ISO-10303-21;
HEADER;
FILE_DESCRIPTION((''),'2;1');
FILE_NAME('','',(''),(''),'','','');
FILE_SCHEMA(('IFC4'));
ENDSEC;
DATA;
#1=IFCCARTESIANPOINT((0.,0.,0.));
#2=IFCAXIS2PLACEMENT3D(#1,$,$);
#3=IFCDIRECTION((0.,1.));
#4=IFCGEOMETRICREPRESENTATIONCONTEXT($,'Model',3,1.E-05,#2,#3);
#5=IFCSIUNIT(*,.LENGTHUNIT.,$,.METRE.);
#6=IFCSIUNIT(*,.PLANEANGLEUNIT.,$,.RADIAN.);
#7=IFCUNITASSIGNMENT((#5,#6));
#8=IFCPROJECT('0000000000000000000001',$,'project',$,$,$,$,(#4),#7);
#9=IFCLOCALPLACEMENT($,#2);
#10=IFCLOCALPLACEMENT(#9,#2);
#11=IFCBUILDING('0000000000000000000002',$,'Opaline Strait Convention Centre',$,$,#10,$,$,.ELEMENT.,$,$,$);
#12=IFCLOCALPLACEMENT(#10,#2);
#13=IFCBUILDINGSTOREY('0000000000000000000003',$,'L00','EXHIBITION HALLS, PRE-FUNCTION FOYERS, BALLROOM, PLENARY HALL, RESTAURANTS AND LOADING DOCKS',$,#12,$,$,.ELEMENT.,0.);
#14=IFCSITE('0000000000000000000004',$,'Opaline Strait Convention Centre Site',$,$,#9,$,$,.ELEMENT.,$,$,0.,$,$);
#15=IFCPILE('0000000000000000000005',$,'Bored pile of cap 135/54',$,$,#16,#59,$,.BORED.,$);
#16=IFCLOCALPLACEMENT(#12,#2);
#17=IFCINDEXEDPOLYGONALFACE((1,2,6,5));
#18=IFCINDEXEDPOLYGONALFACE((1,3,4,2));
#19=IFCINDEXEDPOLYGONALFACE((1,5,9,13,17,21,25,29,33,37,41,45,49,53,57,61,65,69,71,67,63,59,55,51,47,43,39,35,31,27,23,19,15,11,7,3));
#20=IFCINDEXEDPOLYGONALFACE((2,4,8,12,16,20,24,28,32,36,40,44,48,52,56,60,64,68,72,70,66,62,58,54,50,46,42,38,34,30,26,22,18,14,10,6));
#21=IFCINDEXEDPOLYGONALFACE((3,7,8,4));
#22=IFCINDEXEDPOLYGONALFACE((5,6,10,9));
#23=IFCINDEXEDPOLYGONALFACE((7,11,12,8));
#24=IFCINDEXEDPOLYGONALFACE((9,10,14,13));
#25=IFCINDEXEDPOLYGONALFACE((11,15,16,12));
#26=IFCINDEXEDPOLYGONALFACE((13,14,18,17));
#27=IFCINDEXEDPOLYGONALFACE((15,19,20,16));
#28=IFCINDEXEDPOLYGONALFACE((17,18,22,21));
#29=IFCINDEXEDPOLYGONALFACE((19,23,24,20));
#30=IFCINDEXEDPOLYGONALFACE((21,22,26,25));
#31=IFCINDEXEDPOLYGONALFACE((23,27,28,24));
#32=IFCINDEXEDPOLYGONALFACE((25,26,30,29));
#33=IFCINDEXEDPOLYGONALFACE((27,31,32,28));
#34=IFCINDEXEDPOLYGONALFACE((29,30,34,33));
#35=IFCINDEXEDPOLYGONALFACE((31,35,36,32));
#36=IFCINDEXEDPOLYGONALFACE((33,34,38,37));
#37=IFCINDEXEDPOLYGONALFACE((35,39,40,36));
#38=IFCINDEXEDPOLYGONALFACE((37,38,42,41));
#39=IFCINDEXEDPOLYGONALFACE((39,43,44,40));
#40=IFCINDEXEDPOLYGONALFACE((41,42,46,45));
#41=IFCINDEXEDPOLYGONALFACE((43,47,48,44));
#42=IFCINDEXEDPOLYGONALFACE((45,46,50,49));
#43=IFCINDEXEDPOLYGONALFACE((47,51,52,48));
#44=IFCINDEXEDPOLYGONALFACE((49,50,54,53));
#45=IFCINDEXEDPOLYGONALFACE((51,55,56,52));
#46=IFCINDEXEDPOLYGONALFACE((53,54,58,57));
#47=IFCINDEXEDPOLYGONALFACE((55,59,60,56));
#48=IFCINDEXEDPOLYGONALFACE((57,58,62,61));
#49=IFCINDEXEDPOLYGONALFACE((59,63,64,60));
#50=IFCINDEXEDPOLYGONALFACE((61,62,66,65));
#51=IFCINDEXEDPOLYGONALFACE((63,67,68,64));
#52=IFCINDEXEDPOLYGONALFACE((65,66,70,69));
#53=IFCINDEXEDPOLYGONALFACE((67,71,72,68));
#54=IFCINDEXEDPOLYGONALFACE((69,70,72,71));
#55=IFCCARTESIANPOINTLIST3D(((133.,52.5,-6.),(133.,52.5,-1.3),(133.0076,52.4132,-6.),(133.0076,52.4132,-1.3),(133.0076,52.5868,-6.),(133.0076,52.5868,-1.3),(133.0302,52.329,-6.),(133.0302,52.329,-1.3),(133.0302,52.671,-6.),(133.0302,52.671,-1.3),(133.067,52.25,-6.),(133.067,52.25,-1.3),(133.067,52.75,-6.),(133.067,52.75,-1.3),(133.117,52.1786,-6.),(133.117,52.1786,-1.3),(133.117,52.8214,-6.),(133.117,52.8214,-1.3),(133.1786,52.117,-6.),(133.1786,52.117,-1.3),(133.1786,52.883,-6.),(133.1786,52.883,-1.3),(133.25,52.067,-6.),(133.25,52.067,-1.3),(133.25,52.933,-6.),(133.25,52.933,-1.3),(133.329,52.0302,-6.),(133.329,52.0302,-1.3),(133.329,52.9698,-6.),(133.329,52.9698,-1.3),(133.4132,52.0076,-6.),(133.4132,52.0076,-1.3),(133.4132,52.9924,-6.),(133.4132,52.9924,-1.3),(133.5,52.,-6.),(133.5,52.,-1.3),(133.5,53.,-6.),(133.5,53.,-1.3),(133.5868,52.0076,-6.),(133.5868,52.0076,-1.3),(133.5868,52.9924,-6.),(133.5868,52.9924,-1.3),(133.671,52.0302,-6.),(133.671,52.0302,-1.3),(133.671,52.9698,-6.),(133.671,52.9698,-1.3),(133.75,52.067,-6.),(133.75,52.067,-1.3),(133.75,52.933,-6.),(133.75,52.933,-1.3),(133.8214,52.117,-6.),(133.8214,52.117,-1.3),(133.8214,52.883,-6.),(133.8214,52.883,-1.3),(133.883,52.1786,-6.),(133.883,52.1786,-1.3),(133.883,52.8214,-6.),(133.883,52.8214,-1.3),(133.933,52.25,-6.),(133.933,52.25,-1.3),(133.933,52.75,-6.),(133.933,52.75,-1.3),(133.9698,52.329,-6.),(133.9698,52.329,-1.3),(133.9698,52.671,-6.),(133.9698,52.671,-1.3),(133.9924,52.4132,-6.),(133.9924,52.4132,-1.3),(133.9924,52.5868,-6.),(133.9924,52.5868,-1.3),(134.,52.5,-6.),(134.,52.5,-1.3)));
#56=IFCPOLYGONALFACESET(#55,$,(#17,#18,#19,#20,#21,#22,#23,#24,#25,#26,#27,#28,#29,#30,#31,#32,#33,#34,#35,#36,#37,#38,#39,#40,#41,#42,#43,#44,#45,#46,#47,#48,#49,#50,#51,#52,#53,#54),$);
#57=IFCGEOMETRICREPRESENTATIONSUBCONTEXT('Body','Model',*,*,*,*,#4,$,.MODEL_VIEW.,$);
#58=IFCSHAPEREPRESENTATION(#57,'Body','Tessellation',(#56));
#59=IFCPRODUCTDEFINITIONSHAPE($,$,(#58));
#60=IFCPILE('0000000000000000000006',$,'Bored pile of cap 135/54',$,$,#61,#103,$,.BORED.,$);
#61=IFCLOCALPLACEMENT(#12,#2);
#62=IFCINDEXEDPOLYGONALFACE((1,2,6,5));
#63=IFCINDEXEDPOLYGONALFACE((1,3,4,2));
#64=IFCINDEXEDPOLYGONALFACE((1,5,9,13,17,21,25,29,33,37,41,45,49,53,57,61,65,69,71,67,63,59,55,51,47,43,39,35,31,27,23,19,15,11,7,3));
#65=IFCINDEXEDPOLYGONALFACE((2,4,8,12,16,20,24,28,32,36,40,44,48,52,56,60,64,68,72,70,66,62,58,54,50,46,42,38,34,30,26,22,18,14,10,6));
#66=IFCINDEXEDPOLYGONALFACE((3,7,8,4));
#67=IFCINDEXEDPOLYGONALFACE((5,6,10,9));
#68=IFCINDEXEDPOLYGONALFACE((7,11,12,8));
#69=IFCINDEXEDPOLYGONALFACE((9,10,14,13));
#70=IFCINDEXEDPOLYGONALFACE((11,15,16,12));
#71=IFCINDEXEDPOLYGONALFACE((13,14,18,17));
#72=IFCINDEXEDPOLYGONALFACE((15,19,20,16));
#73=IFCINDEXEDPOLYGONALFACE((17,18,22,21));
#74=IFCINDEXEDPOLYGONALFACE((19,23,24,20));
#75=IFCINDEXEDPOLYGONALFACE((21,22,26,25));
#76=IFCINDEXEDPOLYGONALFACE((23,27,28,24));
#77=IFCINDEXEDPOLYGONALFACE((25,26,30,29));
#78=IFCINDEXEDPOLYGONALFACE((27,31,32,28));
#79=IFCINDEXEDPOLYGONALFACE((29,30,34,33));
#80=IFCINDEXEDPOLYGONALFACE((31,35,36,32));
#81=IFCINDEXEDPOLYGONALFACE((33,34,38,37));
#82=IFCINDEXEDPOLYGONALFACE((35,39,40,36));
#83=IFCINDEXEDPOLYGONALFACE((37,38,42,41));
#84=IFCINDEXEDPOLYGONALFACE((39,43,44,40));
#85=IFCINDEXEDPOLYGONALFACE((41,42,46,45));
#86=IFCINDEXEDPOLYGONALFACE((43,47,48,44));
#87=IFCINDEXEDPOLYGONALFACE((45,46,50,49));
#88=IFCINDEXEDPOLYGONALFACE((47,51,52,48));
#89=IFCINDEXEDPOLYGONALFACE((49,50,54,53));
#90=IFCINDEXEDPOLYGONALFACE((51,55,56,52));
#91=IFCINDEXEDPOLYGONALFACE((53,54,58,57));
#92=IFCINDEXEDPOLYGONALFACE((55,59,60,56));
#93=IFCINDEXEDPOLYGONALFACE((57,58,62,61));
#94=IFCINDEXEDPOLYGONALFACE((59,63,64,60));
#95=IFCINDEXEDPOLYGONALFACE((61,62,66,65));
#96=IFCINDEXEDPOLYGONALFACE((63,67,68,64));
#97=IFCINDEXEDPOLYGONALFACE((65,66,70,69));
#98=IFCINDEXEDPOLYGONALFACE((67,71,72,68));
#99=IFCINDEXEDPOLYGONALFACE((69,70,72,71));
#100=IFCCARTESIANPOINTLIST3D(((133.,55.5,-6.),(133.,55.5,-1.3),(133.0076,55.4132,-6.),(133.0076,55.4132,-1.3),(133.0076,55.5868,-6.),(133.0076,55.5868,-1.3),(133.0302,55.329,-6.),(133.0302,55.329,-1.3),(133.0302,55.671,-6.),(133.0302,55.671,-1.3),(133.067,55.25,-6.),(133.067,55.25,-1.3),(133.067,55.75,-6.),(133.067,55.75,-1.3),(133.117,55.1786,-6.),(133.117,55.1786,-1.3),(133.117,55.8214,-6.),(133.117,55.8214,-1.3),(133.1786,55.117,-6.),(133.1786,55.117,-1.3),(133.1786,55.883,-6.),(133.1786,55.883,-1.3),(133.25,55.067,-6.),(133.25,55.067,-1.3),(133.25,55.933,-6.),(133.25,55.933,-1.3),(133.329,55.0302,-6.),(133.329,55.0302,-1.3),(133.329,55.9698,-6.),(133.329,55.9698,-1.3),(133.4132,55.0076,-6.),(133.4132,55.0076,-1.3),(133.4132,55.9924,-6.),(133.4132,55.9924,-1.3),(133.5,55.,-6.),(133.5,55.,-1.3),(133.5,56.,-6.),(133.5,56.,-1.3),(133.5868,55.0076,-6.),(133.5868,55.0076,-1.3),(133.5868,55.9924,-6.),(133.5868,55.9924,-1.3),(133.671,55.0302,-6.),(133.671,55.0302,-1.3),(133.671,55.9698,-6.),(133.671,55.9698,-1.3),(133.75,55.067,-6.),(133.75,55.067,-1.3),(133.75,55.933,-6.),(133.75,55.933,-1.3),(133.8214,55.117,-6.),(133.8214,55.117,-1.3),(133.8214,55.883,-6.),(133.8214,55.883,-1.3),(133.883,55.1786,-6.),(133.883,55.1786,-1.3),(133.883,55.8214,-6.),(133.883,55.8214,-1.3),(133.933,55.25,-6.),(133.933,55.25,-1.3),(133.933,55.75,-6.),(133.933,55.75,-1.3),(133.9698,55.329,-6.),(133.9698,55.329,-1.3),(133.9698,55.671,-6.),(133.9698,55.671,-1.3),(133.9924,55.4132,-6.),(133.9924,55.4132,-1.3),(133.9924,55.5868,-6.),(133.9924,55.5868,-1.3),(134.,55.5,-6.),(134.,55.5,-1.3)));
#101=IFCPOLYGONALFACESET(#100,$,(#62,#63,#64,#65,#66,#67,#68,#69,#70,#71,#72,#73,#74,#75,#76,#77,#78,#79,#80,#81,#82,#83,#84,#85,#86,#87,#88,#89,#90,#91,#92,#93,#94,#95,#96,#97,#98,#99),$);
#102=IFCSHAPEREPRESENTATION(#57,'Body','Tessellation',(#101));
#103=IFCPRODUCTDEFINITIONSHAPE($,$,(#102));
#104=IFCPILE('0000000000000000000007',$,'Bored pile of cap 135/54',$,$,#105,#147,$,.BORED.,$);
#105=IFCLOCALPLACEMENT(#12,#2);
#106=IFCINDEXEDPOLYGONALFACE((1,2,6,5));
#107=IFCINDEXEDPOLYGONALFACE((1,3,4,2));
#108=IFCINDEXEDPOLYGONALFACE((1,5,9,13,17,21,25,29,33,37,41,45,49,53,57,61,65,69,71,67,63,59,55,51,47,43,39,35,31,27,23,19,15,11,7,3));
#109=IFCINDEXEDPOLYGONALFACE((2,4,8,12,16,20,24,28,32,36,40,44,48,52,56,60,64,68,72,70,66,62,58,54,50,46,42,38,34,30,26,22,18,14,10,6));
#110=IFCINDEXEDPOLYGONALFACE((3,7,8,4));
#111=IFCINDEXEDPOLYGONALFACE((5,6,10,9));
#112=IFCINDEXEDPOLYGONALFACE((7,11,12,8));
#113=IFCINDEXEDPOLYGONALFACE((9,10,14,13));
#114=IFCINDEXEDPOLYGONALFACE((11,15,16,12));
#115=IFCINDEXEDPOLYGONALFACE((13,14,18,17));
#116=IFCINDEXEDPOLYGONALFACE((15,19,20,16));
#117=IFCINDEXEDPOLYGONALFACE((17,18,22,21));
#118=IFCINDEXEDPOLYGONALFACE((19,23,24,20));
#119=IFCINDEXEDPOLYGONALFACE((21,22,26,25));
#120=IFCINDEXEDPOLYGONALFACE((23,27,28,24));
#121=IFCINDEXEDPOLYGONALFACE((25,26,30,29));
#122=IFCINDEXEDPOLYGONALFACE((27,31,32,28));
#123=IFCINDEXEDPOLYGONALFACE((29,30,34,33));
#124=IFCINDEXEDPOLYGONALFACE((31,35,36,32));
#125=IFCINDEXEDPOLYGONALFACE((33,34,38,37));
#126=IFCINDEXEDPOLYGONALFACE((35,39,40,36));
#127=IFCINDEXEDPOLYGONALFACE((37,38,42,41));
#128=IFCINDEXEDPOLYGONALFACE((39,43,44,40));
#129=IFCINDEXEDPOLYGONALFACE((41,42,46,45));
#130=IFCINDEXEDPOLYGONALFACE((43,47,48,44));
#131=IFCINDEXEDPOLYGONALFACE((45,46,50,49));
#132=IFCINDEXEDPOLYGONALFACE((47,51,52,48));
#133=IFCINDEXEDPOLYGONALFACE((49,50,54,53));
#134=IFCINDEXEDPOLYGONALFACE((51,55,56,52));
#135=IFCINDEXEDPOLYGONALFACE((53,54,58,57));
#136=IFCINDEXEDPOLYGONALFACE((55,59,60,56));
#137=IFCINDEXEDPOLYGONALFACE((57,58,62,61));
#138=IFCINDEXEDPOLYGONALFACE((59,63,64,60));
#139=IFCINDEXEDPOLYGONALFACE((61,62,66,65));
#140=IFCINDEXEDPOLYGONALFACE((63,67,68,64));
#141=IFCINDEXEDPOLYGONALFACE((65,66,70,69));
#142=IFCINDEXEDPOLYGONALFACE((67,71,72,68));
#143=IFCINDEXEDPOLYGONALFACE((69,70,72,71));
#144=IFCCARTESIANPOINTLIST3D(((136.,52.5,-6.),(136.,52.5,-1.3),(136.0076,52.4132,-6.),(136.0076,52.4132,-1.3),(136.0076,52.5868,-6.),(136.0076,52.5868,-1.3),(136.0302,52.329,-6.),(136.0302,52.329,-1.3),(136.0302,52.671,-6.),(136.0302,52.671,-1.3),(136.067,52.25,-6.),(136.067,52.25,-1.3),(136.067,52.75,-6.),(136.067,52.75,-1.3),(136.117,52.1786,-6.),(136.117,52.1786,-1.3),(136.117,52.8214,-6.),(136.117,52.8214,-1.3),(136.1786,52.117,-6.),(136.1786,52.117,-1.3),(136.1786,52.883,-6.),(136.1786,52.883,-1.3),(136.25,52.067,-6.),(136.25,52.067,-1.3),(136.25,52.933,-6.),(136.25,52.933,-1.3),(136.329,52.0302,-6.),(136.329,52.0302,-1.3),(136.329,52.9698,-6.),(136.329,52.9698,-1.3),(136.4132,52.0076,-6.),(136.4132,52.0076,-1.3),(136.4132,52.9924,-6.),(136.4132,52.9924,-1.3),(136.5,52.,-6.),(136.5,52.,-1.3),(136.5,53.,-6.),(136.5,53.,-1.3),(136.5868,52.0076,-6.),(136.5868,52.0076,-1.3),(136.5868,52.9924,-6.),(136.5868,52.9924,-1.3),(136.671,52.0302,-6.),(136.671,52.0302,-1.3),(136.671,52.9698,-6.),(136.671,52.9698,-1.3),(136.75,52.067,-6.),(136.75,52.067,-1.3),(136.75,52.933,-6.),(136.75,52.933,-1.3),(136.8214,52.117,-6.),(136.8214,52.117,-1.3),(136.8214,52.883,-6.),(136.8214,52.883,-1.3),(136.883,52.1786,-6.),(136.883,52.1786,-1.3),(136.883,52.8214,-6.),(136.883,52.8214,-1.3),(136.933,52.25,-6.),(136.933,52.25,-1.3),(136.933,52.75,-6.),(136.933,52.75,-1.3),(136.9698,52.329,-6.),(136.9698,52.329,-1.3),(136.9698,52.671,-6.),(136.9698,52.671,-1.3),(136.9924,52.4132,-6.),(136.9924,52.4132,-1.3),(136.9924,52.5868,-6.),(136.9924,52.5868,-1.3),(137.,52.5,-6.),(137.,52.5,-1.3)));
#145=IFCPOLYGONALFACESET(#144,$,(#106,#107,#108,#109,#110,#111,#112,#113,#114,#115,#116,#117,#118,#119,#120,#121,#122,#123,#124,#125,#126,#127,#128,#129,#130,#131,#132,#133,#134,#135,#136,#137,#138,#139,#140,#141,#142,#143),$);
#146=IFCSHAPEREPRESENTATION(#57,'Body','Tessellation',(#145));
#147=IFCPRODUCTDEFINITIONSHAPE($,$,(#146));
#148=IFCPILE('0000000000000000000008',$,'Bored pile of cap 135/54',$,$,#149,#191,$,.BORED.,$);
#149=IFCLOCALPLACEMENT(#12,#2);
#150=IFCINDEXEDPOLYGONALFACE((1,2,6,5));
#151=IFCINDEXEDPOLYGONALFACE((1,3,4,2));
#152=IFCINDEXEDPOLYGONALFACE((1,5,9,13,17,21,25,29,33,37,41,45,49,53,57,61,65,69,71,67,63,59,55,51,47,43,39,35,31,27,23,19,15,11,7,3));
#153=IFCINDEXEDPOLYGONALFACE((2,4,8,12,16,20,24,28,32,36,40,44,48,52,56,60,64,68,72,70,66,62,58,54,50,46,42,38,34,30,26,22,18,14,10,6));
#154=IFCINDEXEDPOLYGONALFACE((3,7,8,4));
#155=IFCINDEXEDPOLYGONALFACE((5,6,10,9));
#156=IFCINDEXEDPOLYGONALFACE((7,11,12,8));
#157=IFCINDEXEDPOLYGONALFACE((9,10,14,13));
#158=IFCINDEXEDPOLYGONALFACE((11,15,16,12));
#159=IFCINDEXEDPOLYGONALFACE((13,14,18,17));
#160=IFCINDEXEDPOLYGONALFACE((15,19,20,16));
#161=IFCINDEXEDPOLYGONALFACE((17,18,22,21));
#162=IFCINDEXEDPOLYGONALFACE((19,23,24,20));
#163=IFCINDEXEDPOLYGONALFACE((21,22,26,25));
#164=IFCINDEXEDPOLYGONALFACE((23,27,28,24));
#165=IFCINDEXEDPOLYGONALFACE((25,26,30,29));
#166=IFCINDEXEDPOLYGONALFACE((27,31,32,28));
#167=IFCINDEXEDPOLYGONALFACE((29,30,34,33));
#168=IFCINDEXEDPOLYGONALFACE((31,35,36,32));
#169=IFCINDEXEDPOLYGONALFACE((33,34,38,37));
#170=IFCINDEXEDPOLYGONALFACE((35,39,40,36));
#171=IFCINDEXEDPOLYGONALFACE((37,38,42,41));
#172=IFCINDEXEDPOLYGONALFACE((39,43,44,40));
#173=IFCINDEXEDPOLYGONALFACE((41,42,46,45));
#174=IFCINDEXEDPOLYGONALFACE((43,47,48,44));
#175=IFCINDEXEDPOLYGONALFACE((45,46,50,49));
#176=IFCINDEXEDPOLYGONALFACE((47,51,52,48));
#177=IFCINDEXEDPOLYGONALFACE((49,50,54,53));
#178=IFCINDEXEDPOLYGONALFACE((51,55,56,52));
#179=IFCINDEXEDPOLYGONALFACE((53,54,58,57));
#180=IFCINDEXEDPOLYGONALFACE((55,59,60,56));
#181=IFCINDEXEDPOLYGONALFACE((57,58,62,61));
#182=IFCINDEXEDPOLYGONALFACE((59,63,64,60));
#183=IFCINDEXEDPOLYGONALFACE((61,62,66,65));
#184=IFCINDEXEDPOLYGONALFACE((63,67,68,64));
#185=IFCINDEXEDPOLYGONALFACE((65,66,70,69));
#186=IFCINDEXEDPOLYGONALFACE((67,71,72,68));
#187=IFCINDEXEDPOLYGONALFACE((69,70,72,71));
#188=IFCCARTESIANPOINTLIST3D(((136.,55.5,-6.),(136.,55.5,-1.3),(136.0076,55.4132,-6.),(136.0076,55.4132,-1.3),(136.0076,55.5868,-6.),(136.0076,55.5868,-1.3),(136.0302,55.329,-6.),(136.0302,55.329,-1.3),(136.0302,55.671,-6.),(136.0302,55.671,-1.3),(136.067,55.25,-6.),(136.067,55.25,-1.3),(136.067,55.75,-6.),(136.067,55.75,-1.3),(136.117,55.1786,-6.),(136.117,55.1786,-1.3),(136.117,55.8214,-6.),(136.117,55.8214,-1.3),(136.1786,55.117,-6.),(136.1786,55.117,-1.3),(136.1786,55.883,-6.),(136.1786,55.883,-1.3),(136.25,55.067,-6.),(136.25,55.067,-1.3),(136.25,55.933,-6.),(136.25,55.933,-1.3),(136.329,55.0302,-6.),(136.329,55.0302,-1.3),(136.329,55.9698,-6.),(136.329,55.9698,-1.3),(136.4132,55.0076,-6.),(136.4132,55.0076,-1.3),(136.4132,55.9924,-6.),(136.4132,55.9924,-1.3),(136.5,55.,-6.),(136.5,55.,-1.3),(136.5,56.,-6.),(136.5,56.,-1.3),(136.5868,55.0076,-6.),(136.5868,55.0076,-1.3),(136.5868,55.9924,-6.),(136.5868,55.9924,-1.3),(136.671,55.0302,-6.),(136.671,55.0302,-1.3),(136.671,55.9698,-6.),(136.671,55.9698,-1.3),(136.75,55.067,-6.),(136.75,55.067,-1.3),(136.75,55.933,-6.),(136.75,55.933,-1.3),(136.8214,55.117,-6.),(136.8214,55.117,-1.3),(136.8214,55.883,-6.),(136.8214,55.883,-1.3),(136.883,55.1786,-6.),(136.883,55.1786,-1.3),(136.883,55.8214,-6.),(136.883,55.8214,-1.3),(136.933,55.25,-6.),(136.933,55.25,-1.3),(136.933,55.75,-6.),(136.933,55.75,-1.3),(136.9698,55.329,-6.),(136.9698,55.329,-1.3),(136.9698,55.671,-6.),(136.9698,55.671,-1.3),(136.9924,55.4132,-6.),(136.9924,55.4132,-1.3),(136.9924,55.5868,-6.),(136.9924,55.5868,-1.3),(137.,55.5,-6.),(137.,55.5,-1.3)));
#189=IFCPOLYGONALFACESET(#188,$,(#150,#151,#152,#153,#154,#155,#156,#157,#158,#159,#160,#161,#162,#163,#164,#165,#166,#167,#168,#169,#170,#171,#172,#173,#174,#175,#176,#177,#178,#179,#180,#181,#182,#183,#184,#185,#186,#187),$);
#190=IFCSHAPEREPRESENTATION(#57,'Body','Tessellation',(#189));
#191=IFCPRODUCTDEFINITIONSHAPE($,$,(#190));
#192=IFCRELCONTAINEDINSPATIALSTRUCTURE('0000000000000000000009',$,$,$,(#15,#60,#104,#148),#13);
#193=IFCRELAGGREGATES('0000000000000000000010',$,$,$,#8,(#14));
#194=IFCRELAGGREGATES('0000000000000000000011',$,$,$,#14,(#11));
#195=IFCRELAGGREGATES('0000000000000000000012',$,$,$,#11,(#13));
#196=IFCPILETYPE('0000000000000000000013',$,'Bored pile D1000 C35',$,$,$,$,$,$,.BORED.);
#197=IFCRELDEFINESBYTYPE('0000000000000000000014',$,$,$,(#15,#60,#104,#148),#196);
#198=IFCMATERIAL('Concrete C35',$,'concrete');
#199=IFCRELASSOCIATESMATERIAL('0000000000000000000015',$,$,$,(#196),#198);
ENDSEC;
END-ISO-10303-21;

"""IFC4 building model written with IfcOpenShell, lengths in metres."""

from ifc_helpers import new_model, si_unit, direction, frame, origin, origin_2d, place, context, subcontext, project, spatial, circle, extrude, material, material_profile, profile_set, type_object, element, save


model = new_model("IFC4")

# Units and contexts
model_context = context("Model", 3, precision=1e-05, world=origin(), true_north=direction((0.0, 1.0)))
body_context = subcontext(model_context, "Body", "Model", "MODEL_VIEW")
ifc_project = project(units=[si_unit("LENGTHUNIT", "METRE"), si_unit("PLANEANGLEUNIT", "RADIAN")], contexts=[model_context])

# Site, building, storey
site_placement = place(None, origin())
site = spatial("IfcSite", under=ifc_project, at=site_placement, Name="Opaline Strait Convention Centre Site", CompositionType="ELEMENT", RefElevation=0.0)
building_placement = place(site_placement, origin())
building = spatial("IfcBuilding", under=site, at=building_placement, Name="Opaline Strait Convention Centre", CompositionType="ELEMENT")
storey_placement = place(building_placement, origin())
storey = spatial("IfcBuildingStorey", under=building, at=storey_placement, Name="L00", Description="EXHIBITION HALLS, PRE-FUNCTION FOYERS, BALLROOM, PLENARY HALL, RESTAURANTS AND LOADING DOCKS", CompositionType="ELEMENT", Elevation=0.0)

# Piles
ifc_material_1 = material(Name="Concrete C35", Category="concrete")
ifc_material_profile_1 = material_profile(ifc_material_1, circle(Radius=0.5, at=origin_2d()), Name="D1000")
ifc_profile_set_1 = profile_set([ifc_material_profile_1], Name="Concrete C35")
pile_type_1 = type_object("IfcPileType", Name="Bored pile D1000 C35", PredefinedType="BORED", material=ifc_profile_set_1)
for number, where, z_axis, x_axis, name in (
    (1, (133.5, 52.5, -1.3), (0.0, 0.0, -1.0), (1.0, 0.0, 0.0), "Bored pile of cap 135/54"),
    (2, (133.5, 55.5, -1.3), (0.0, 0.0, -1.0), (1.0, 0.0, 0.0), "Bored pile of cap 135/54"),
    (3, (136.5, 52.5, -1.3), (0.0, 0.0, -1.0), (1.0, 0.0, 0.0), "Bored pile of cap 135/54"),
    (4, (136.5, 55.5, -1.3), (0.0, 0.0, -1.0), (1.0, 0.0, 0.0), "Bored pile of cap 135/54"),
):
    element("IfcPile", number, at=place(storey_placement, frame(where, z_axis=z_axis, x_axis=x_axis)), inside=storey, type_object=pile_type_1, Name=name, PredefinedType="BORED", context=body_context, shape_type="SweptSolid", body=[
        extrude(circle(Radius=0.5, at=origin_2d()), origin(), (0.0, 0.0, 1.0), 4.7),
    ])

save(model, "model.ifc")
